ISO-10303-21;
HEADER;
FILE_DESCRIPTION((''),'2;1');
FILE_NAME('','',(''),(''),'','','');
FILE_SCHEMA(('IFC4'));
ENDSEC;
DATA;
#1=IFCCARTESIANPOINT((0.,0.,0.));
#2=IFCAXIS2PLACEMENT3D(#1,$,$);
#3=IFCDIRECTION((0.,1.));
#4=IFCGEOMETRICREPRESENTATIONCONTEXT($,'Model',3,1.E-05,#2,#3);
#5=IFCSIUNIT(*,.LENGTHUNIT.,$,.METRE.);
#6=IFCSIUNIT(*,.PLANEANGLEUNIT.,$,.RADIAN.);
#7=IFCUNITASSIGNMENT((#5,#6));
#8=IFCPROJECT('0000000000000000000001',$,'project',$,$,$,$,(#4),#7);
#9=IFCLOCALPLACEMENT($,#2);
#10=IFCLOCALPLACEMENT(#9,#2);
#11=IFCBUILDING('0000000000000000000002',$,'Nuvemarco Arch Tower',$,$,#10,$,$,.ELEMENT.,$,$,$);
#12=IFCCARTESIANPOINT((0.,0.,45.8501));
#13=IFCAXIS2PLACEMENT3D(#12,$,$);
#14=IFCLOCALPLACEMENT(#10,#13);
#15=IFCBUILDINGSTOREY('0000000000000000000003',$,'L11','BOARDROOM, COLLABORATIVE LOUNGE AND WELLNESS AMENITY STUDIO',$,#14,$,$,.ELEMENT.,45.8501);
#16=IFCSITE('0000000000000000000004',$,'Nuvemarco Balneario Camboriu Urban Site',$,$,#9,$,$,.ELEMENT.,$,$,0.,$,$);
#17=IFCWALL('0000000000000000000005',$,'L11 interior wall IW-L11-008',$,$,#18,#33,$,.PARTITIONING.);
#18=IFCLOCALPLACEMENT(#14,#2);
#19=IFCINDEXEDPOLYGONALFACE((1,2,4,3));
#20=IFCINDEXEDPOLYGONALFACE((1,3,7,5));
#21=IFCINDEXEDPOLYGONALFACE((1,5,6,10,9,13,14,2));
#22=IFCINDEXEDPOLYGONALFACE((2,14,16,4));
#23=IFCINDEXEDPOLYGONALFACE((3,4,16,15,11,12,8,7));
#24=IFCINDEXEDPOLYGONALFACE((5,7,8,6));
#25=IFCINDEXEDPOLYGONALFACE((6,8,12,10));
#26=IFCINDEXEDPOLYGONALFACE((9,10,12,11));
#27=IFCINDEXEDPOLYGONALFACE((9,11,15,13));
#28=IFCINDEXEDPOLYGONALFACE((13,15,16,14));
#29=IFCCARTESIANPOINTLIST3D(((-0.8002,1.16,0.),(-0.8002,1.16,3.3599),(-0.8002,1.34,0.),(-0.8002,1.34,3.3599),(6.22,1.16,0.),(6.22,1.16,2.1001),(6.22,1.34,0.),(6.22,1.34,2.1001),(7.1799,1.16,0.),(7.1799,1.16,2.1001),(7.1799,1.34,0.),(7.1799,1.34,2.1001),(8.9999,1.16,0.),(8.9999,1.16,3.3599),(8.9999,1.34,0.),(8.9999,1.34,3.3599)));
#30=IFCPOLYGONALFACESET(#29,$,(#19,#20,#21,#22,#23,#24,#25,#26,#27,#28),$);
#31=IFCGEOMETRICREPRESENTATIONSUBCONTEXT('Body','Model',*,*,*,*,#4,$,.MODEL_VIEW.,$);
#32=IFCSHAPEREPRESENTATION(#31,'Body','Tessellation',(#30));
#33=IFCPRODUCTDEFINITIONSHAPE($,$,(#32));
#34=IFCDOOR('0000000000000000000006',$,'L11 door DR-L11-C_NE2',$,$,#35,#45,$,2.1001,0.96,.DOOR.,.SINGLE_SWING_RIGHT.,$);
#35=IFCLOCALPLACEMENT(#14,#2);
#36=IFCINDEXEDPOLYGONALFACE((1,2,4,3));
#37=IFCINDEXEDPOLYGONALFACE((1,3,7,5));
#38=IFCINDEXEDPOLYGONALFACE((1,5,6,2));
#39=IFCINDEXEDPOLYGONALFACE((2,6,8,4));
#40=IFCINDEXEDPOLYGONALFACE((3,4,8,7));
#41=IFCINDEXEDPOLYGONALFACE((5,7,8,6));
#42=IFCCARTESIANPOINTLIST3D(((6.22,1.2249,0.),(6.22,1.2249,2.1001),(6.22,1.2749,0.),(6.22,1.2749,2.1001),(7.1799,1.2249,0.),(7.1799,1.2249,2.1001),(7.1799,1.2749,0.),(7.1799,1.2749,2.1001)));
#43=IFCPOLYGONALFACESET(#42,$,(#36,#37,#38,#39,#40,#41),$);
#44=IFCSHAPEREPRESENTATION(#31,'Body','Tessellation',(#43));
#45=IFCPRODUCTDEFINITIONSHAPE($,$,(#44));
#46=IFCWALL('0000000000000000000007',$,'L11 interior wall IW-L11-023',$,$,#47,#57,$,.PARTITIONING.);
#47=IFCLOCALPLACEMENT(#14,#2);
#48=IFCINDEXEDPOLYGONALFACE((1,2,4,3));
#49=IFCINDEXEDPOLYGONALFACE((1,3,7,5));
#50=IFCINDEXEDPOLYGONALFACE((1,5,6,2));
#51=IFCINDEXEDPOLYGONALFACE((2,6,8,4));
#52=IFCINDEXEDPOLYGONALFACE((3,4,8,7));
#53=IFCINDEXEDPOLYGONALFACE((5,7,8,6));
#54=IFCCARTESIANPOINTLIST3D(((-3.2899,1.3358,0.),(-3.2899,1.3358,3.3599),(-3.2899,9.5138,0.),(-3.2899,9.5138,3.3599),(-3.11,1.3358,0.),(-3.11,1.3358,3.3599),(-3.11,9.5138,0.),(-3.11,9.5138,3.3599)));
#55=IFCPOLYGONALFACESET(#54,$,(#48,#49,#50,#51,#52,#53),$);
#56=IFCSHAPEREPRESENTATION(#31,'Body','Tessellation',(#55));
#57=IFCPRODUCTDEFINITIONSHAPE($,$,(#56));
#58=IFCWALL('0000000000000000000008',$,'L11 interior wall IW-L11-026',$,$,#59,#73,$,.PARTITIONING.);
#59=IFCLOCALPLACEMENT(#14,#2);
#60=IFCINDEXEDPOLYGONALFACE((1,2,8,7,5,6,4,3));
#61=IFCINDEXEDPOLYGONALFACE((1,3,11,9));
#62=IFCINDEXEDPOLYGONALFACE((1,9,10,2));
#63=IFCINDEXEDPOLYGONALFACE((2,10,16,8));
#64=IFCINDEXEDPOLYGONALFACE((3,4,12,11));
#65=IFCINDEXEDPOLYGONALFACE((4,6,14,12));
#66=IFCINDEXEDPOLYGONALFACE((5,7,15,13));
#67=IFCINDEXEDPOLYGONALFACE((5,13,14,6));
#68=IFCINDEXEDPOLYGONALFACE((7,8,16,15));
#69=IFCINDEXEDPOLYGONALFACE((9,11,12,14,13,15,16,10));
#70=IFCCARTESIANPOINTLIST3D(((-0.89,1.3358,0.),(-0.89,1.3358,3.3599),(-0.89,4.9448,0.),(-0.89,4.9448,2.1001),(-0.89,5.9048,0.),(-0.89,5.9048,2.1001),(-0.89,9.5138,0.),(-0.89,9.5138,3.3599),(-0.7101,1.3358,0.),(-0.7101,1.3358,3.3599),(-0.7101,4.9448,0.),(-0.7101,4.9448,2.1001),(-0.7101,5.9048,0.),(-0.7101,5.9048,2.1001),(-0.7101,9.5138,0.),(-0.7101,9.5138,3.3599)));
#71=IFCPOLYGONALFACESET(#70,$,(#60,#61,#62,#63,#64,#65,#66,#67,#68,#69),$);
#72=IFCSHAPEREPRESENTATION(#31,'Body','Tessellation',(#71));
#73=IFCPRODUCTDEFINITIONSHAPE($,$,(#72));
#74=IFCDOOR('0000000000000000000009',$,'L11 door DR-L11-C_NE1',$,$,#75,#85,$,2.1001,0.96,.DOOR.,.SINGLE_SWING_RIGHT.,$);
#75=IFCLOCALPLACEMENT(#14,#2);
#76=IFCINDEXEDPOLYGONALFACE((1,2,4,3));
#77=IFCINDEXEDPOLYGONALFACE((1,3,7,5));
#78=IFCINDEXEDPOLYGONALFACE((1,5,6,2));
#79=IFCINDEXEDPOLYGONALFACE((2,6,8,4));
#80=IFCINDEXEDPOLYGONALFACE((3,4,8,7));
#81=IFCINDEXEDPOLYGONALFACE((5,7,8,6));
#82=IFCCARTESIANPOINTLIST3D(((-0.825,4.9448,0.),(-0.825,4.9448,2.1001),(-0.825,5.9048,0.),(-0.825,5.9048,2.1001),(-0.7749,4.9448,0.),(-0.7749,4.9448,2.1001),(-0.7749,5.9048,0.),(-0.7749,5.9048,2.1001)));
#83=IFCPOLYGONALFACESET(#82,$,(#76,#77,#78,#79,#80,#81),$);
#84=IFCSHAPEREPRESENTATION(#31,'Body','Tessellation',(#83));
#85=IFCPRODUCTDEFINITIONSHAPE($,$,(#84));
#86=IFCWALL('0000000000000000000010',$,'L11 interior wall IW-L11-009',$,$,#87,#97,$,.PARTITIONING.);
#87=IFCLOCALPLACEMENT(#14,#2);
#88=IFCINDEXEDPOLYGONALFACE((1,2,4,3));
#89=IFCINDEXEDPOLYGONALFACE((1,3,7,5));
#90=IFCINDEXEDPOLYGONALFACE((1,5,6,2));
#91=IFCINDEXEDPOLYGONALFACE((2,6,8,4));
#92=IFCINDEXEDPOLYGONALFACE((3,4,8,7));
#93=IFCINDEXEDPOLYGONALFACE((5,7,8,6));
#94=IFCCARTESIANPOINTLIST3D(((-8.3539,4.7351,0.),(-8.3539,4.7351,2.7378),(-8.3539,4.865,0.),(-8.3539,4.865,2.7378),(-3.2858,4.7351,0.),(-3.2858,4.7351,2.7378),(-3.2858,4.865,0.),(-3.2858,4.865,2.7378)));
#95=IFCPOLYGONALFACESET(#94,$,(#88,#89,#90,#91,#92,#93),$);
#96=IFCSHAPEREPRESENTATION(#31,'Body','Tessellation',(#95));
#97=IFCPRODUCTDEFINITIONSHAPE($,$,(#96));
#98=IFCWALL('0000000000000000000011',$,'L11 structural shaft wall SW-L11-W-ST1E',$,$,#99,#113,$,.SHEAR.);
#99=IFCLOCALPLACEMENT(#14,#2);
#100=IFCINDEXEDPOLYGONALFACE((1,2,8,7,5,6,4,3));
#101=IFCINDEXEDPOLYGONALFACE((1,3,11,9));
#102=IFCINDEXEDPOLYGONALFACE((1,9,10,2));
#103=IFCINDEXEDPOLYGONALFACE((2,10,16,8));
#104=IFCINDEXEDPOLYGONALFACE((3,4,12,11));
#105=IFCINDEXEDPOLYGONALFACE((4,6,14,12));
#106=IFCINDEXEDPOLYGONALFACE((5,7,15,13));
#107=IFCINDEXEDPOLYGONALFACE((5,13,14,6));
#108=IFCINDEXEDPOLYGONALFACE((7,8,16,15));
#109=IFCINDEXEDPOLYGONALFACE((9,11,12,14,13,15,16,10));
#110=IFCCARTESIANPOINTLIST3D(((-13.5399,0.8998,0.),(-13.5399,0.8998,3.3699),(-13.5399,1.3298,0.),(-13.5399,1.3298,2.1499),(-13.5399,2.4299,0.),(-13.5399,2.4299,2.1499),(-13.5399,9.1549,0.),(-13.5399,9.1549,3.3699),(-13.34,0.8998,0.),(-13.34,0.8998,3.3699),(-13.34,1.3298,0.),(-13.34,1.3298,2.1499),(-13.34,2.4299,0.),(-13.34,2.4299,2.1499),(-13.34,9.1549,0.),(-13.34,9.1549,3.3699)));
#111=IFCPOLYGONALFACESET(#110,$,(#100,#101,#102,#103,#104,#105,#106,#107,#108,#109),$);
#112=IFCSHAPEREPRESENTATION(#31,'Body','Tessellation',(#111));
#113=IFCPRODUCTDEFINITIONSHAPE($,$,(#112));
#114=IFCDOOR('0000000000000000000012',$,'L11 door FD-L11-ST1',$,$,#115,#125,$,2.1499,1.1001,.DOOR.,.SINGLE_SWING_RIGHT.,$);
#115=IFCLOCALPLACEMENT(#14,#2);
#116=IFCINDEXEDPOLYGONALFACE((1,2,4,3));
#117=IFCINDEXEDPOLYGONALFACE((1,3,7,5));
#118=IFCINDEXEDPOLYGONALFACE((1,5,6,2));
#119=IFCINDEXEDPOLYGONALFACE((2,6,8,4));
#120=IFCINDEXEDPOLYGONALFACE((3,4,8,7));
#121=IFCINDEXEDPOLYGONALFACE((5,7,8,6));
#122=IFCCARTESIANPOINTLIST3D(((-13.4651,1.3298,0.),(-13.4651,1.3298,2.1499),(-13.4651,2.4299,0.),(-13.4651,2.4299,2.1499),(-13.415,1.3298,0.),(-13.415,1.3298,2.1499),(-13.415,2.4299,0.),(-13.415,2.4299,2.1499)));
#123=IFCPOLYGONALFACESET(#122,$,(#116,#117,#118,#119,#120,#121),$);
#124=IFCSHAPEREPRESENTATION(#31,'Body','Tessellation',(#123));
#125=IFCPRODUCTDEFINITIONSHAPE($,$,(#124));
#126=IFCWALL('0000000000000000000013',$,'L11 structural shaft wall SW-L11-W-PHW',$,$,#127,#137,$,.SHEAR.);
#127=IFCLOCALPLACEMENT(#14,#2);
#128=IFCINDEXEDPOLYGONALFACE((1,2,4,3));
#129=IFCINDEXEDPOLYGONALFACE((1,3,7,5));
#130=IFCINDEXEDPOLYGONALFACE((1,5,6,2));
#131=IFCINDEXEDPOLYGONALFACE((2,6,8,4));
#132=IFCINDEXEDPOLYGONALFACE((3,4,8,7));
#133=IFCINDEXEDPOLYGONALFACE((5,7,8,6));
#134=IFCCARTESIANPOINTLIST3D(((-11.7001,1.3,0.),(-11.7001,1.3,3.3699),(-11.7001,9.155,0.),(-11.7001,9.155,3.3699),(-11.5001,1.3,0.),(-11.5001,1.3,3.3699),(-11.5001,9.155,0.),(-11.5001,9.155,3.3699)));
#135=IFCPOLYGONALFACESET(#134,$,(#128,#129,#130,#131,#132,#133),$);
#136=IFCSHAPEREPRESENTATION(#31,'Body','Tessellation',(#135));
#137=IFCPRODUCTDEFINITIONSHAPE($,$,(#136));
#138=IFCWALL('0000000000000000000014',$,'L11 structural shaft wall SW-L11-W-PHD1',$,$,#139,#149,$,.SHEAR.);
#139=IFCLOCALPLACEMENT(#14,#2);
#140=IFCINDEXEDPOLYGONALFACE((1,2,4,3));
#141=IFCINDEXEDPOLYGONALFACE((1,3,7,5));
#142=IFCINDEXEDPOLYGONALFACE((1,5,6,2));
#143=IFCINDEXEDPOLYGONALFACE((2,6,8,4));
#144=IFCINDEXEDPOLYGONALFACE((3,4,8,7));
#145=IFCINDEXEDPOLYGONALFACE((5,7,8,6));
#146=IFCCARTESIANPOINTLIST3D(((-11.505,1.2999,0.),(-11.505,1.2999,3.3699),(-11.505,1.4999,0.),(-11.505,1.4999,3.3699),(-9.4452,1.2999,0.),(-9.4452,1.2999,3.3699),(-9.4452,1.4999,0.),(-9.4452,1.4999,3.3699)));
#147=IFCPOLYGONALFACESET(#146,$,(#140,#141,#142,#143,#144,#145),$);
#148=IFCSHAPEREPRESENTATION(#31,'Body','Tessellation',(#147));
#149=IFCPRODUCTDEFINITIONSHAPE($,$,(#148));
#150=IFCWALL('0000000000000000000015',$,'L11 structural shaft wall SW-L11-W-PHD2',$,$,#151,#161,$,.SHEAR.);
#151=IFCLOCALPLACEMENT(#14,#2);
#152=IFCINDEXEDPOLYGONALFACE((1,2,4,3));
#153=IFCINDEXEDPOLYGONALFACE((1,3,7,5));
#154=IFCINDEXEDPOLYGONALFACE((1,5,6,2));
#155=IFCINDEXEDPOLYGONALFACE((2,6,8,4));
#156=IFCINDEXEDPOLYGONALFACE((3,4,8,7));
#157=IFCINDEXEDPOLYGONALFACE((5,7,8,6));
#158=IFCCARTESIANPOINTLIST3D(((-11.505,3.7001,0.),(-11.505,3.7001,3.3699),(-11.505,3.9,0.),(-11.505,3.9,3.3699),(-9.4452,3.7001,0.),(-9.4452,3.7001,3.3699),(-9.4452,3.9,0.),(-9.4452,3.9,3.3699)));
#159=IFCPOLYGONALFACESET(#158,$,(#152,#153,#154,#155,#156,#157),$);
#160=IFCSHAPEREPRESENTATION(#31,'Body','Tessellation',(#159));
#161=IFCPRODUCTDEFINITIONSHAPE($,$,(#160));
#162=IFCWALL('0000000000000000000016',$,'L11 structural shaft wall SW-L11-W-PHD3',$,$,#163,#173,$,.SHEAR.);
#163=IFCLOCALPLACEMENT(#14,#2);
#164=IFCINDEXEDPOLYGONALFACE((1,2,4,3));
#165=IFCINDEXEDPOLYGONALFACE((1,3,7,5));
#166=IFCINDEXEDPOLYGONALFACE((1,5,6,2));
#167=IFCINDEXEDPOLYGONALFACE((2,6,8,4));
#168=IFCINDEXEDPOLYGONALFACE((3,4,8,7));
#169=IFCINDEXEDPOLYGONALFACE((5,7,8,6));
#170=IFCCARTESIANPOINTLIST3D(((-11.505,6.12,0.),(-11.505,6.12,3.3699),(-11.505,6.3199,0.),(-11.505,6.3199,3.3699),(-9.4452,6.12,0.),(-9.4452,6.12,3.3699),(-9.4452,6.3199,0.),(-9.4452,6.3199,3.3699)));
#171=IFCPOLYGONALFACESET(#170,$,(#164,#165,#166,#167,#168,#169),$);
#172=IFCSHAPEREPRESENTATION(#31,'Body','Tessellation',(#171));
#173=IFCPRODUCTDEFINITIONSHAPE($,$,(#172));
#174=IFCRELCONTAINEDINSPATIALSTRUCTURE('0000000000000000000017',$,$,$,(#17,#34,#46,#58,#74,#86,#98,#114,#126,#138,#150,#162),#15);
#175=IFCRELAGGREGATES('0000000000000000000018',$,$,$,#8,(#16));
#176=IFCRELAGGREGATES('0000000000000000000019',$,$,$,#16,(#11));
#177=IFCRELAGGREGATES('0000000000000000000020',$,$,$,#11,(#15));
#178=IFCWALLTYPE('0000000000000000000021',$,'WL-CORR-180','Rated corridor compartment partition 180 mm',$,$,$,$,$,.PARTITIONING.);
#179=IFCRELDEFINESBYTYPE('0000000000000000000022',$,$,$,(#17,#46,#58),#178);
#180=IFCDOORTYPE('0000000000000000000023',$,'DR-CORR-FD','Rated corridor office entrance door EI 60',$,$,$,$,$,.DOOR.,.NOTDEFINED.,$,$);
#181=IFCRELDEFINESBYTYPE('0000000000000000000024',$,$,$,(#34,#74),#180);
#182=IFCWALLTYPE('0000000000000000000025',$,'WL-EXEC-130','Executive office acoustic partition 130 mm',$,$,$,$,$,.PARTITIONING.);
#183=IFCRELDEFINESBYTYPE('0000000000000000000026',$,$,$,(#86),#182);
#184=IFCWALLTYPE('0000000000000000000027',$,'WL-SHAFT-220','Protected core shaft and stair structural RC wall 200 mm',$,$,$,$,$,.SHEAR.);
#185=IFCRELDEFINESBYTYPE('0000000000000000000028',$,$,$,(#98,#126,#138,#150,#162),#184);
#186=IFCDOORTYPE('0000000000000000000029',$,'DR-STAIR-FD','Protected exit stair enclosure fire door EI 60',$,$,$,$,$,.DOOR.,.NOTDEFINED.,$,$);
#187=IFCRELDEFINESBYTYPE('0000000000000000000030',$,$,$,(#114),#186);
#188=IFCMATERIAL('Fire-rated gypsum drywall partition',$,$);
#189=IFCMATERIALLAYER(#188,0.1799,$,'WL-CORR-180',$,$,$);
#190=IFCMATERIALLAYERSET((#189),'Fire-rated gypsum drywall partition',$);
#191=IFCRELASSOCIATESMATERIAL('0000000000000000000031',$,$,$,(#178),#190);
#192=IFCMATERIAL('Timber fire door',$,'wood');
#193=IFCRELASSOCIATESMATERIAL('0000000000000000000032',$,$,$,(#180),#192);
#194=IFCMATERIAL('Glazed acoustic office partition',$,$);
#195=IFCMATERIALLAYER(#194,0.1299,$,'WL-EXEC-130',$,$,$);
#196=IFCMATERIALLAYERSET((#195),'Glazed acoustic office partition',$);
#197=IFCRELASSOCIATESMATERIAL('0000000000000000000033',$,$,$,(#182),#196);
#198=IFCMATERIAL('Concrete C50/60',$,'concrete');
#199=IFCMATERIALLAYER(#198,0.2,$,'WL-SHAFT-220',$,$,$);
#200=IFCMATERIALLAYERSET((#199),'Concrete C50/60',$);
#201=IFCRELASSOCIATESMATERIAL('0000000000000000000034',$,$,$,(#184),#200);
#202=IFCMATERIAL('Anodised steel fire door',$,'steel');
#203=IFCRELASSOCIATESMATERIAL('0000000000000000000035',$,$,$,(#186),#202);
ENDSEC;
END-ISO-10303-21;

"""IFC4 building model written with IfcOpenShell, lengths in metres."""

from ifc_helpers import new_model, si_unit, direction, frame, frame_2d, origin, place, context, subcontext, project, spatial, rectangle, extrude, source, transform, mapped, material, layer, layer_set, type_object, type_shapes, element, fill, save


model = new_model("IFC4")

# Units and contexts
model_context = context("Model", 3, precision=1e-05, world=origin(), true_north=direction((0.0, 1.0)))
body_context = subcontext(model_context, "Body", "Model", "MODEL_VIEW")
ifc_project = project(units=[si_unit("LENGTHUNIT", "METRE"), si_unit("PLANEANGLEUNIT", "RADIAN")], contexts=[model_context])

# Site, building, storey
site_placement = place(None, origin())
site = spatial("IfcSite", under=ifc_project, at=site_placement, Name="Nuvemarco Balneario Camboriu Urban Site", CompositionType="ELEMENT", RefElevation=0.0)
building_placement = place(site_placement, origin())
building = spatial("IfcBuilding", under=site, at=building_placement, Name="Nuvemarco Arch Tower", CompositionType="ELEMENT")
storey_placement = place(building_placement, frame((0.0, 0.0, 45.8501)))
storey = spatial("IfcBuildingStorey", under=building, at=storey_placement, Name="L11", Description="BOARDROOM, COLLABORATIVE LOUNGE AND WELLNESS AMENITY STUDIO", CompositionType="ELEMENT", Elevation=45.8501)

# Wall, opening, door
ifc_material_1 = material(Name="Fire-rated gypsum drywall partition")
ifc_layer_1 = layer(ifc_material_1, 0.1799, Name="WL-CORR-180")
ifc_layer_set_1 = layer_set([ifc_layer_1], Name="Fire-rated gypsum drywall partition")
wall_type_1 = type_object("IfcWallType", Name="WL-CORR-180", Description="Rated corridor compartment partition 180 mm", PredefinedType="PARTITIONING", material=ifc_layer_set_1)
ifc_material_2 = material(Name="Timber fire door", Category="wood")
door_type_1 = type_object("IfcDoorType", Name="DR-CORR-FD", Description="Rated corridor office entrance door EI 60", OperationType="NOTDEFINED", PredefinedType="DOOR", material=ifc_material_2)
shared_shape_1 = source(origin(), body_context, "Body", "SweptSolid", [
    extrude(rectangle(XDim=0.96, YDim=2.1001, at=frame_2d((0.48, 1.05))), frame((0.0, 0.0249, 0.0), z_axis=(0.0, -1.0, 0.0), x_axis=(1.0, 0.0, 0.0)), (0.0, 0.0, 1.0), 0.05),
])
type_shapes(door_type_1, [shared_shape_1])
wall_1_placement = place(storey_placement, frame((-0.8, 1.25, 0.0), z_axis=(0.0, 0.0, 1.0), x_axis=(1.0, 0.0, 0.0)))
wall_1 = element("IfcWall", 1, at=wall_1_placement, inside=storey, type_object=wall_type_1, Name="L11 interior wall IW-L11-008", PredefinedType="PARTITIONING", context=body_context, shape_type="SweptSolid", body=[
    extrude(rectangle(XDim=9.8, YDim=0.1799, at=frame_2d((4.8999, 0.0))), origin(), (0.0, 0.0, 1.0), 3.3599),
])
opening_1_placement = place(wall_1_placement, frame((7.02, 0.0, 0.0)))
opening_1 = element("IfcOpeningElement", 2, at=opening_1_placement, cuts=wall_1, PredefinedType="OPENING", context=body_context, shape_type="SweptSolid", body=[
    extrude(rectangle(XDim=0.96, YDim=2.1001, at=frame_2d((0.48, 1.05))), frame((0.0, 0.0999, 0.0), z_axis=(0.0, -1.0, 0.0), x_axis=(1.0, 0.0, 0.0)), (0.0, 0.0, 1.0), 0.2),
])
door_1_placement = place(opening_1_placement, origin())
door_1 = element("IfcDoor", 3, at=door_1_placement, inside=storey, type_object=door_type_1, Name="L11 door DR-L11-C_NE2", OperationType="SINGLE_SWING_RIGHT", OverallHeight=2.1001, OverallWidth=0.96, PredefinedType="DOOR", context=body_context, shape_type="MappedRepresentation", body=[
    mapped(shared_shape_1, transform((0.0, 0.0, 0.0), scale=1.0)),
])
fill(opening_1, door_1)

# Wall
wall_2_placement = place(storey_placement, frame((-3.2, 1.3359, 0.0), z_axis=(0.0, 0.0, 1.0), x_axis=(0.0, 1.0, 0.0)))
element("IfcWall", 4, at=wall_2_placement, inside=storey, type_object=wall_type_1, Name="L11 interior wall IW-L11-023", PredefinedType="PARTITIONING", context=body_context, shape_type="SweptSolid", body=[
    extrude(rectangle(XDim=8.178, YDim=0.1799, at=frame_2d((4.0889, 0.0))), origin(), (0.0, 0.0, 1.0), 3.3599),
])

# Wall, opening, door
wall_3_placement = place(storey_placement, frame((-0.8, 1.3359, 0.0), z_axis=(0.0, 0.0, 1.0), x_axis=(0.0, 1.0, 0.0)))
wall_3 = element("IfcWall", 5, at=wall_3_placement, inside=storey, type_object=wall_type_1, Name="L11 interior wall IW-L11-026", PredefinedType="PARTITIONING", context=body_context, shape_type="SweptSolid", body=[
    extrude(rectangle(XDim=8.178, YDim=0.1799, at=frame_2d((4.0889, 0.0))), origin(), (0.0, 0.0, 1.0), 3.3599),
])
opening_2_placement = place(wall_3_placement, frame((3.6089, 0.0, 0.0)))
opening_2 = element("IfcOpeningElement", 6, at=opening_2_placement, cuts=wall_3, PredefinedType="OPENING", context=body_context, shape_type="SweptSolid", body=[
    extrude(rectangle(XDim=0.96, YDim=2.1001, at=frame_2d((0.48, 1.05))), frame((0.0, 0.0999, 0.0), z_axis=(0.0, -1.0, 0.0), x_axis=(1.0, 0.0, 0.0)), (0.0, 0.0, 1.0), 0.2),
])
door_2_placement = place(opening_2_placement, origin())
door_2 = element("IfcDoor", 7, at=door_2_placement, inside=storey, type_object=door_type_1, Name="L11 door DR-L11-C_NE1", OperationType="SINGLE_SWING_RIGHT", OverallHeight=2.1001, OverallWidth=0.96, PredefinedType="DOOR", context=body_context, shape_type="MappedRepresentation", body=[
    mapped(shared_shape_1, transform((0.0, 0.0, 0.0), scale=1.0)),
])
fill(opening_2, door_2)

# Wall
ifc_material_3 = material(Name="Glazed acoustic office partition")
ifc_layer_2 = layer(ifc_material_3, 0.1299, Name="WL-EXEC-130")
ifc_layer_set_2 = layer_set([ifc_layer_2], Name="Glazed acoustic office partition")
wall_type_2 = type_object("IfcWallType", Name="WL-EXEC-130", Description="Executive office acoustic partition 130 mm", PredefinedType="PARTITIONING", material=ifc_layer_set_2)
wall_4_placement = place(storey_placement, frame((-8.354, 4.8, 0.0), z_axis=(0.0, 0.0, 1.0), x_axis=(1.0, 0.0, 0.0)))
element("IfcWall", 8, at=wall_4_placement, inside=storey, type_object=wall_type_2, Name="L11 interior wall IW-L11-009", PredefinedType="PARTITIONING", context=body_context, shape_type="SweptSolid", body=[
    extrude(rectangle(XDim=5.0681, YDim=0.1299, at=frame_2d((2.5342, 0.0))), origin(), (0.0, 0.0, 1.0), 2.7378),
])

# Wall, opening, door
ifc_material_4 = material(Name="Concrete C50/60", Category="concrete")
ifc_layer_3 = layer(ifc_material_4, 0.2, Name="WL-SHAFT-220")
ifc_layer_set_3 = layer_set([ifc_layer_3], Name="Concrete C50/60")
wall_type_3 = type_object("IfcWallType", Name="WL-SHAFT-220", Description="Protected core shaft and stair structural RC wall 200 mm", PredefinedType="SHEAR", material=ifc_layer_set_3)
wall_5_placement = place(storey_placement, frame((-13.4399, 0.8999, 0.0), z_axis=(0.0, 0.0, 1.0), x_axis=(0.0, 1.0, 0.0)))
wall_5 = element("IfcWall", 9, at=wall_5_placement, inside=storey, type_object=wall_type_3, Name="L11 structural shaft wall SW-L11-W-ST1E", PredefinedType="SHEAR", context=body_context, shape_type="SweptSolid", body=[
    extrude(rectangle(XDim=8.2551, YDim=0.2, at=frame_2d((4.1274, 0.0))), origin(), (0.0, 0.0, 1.0), 3.3699),
])
opening_3_placement = place(wall_5_placement, frame((1.53, 0.0, 0.0), z_axis=(0.0, 0.0, 1.0), x_axis=(-1.0, 0.0, 0.0)))
opening_3 = element("IfcOpeningElement", 10, at=opening_3_placement, cuts=wall_5, PredefinedType="OPENING", context=body_context, shape_type="SweptSolid", body=[
    extrude(rectangle(XDim=1.1001, YDim=2.1499, at=frame_2d((0.55, 1.075))), frame((0.0, 0.1099, 0.0), z_axis=(0.0, -1.0, 0.0), x_axis=(1.0, 0.0, 0.0)), (0.0, 0.0, 1.0), 0.22),
])
ifc_material_5 = material(Name="Anodised steel fire door", Category="steel")
door_type_2 = type_object("IfcDoorType", Name="DR-STAIR-FD", Description="Protected exit stair enclosure fire door EI 60", OperationType="NOTDEFINED", PredefinedType="DOOR", material=ifc_material_5)
shared_shape_2 = source(origin(), body_context, "Body", "SweptSolid", [
    extrude(rectangle(XDim=1.1001, YDim=2.1499, at=frame_2d((0.55, 1.075))), frame((0.0, 0.0249, 0.0), z_axis=(0.0, -1.0, 0.0), x_axis=(1.0, 0.0, 0.0)), (0.0, 0.0, 1.0), 0.05),
])
type_shapes(door_type_2, [shared_shape_2])
door_3_placement = place(opening_3_placement, origin())
door_3 = element("IfcDoor", 11, at=door_3_placement, inside=storey, type_object=door_type_2, Name="L11 door FD-L11-ST1", OperationType="SINGLE_SWING_RIGHT", OverallHeight=2.1499, OverallWidth=1.1001, PredefinedType="DOOR", context=body_context, shape_type="MappedRepresentation", body=[
    mapped(shared_shape_2, transform((0.0, 0.0, 0.0), scale=1.0)),
])
fill(opening_3, door_3)

# Walls
wall_6_placement = place(storey_placement, frame((-11.6001, 1.3, 0.0), z_axis=(0.0, 0.0, 1.0), x_axis=(0.0, 1.0, 0.0)))
element("IfcWall", 12, at=wall_6_placement, inside=storey, type_object=wall_type_3, Name="L11 structural shaft wall SW-L11-W-PHW", PredefinedType="SHEAR", context=body_context, shape_type="SweptSolid", body=[
    extrude(rectangle(XDim=7.855, YDim=0.2, at=frame_2d((3.9275, 0.0))), origin(), (0.0, 0.0, 1.0), 3.3699),
])
for number, where, z_axis, x_axis, name in (
    (13, (-11.5049, 1.3999, 0.0), (0.0, 0.0, 1.0), (1.0, 0.0, 0.0), "L11 structural shaft wall SW-L11-W-PHD1"),
    (14, (-11.5049, 3.8, 0.0), (0.0, 0.0, 1.0), (1.0, 0.0, 0.0), "L11 structural shaft wall SW-L11-W-PHD2"),
    (15, (-11.5049, 6.22, 0.0), (0.0, 0.0, 1.0), (1.0, 0.0, 0.0), "L11 structural shaft wall SW-L11-W-PHD3"),
):
    element("IfcWall", number, at=place(storey_placement, frame(where, z_axis=z_axis, x_axis=x_axis)), inside=storey, type_object=wall_type_3, Name=name, PredefinedType="SHEAR", context=body_context, shape_type="SweptSolid", body=[
        extrude(rectangle(XDim=2.0598, YDim=0.2, at=frame_2d((1.0298, 0.0))), origin(), (0.0, 0.0, 1.0), 3.3699),
    ])

save(model, "model.ifc")
